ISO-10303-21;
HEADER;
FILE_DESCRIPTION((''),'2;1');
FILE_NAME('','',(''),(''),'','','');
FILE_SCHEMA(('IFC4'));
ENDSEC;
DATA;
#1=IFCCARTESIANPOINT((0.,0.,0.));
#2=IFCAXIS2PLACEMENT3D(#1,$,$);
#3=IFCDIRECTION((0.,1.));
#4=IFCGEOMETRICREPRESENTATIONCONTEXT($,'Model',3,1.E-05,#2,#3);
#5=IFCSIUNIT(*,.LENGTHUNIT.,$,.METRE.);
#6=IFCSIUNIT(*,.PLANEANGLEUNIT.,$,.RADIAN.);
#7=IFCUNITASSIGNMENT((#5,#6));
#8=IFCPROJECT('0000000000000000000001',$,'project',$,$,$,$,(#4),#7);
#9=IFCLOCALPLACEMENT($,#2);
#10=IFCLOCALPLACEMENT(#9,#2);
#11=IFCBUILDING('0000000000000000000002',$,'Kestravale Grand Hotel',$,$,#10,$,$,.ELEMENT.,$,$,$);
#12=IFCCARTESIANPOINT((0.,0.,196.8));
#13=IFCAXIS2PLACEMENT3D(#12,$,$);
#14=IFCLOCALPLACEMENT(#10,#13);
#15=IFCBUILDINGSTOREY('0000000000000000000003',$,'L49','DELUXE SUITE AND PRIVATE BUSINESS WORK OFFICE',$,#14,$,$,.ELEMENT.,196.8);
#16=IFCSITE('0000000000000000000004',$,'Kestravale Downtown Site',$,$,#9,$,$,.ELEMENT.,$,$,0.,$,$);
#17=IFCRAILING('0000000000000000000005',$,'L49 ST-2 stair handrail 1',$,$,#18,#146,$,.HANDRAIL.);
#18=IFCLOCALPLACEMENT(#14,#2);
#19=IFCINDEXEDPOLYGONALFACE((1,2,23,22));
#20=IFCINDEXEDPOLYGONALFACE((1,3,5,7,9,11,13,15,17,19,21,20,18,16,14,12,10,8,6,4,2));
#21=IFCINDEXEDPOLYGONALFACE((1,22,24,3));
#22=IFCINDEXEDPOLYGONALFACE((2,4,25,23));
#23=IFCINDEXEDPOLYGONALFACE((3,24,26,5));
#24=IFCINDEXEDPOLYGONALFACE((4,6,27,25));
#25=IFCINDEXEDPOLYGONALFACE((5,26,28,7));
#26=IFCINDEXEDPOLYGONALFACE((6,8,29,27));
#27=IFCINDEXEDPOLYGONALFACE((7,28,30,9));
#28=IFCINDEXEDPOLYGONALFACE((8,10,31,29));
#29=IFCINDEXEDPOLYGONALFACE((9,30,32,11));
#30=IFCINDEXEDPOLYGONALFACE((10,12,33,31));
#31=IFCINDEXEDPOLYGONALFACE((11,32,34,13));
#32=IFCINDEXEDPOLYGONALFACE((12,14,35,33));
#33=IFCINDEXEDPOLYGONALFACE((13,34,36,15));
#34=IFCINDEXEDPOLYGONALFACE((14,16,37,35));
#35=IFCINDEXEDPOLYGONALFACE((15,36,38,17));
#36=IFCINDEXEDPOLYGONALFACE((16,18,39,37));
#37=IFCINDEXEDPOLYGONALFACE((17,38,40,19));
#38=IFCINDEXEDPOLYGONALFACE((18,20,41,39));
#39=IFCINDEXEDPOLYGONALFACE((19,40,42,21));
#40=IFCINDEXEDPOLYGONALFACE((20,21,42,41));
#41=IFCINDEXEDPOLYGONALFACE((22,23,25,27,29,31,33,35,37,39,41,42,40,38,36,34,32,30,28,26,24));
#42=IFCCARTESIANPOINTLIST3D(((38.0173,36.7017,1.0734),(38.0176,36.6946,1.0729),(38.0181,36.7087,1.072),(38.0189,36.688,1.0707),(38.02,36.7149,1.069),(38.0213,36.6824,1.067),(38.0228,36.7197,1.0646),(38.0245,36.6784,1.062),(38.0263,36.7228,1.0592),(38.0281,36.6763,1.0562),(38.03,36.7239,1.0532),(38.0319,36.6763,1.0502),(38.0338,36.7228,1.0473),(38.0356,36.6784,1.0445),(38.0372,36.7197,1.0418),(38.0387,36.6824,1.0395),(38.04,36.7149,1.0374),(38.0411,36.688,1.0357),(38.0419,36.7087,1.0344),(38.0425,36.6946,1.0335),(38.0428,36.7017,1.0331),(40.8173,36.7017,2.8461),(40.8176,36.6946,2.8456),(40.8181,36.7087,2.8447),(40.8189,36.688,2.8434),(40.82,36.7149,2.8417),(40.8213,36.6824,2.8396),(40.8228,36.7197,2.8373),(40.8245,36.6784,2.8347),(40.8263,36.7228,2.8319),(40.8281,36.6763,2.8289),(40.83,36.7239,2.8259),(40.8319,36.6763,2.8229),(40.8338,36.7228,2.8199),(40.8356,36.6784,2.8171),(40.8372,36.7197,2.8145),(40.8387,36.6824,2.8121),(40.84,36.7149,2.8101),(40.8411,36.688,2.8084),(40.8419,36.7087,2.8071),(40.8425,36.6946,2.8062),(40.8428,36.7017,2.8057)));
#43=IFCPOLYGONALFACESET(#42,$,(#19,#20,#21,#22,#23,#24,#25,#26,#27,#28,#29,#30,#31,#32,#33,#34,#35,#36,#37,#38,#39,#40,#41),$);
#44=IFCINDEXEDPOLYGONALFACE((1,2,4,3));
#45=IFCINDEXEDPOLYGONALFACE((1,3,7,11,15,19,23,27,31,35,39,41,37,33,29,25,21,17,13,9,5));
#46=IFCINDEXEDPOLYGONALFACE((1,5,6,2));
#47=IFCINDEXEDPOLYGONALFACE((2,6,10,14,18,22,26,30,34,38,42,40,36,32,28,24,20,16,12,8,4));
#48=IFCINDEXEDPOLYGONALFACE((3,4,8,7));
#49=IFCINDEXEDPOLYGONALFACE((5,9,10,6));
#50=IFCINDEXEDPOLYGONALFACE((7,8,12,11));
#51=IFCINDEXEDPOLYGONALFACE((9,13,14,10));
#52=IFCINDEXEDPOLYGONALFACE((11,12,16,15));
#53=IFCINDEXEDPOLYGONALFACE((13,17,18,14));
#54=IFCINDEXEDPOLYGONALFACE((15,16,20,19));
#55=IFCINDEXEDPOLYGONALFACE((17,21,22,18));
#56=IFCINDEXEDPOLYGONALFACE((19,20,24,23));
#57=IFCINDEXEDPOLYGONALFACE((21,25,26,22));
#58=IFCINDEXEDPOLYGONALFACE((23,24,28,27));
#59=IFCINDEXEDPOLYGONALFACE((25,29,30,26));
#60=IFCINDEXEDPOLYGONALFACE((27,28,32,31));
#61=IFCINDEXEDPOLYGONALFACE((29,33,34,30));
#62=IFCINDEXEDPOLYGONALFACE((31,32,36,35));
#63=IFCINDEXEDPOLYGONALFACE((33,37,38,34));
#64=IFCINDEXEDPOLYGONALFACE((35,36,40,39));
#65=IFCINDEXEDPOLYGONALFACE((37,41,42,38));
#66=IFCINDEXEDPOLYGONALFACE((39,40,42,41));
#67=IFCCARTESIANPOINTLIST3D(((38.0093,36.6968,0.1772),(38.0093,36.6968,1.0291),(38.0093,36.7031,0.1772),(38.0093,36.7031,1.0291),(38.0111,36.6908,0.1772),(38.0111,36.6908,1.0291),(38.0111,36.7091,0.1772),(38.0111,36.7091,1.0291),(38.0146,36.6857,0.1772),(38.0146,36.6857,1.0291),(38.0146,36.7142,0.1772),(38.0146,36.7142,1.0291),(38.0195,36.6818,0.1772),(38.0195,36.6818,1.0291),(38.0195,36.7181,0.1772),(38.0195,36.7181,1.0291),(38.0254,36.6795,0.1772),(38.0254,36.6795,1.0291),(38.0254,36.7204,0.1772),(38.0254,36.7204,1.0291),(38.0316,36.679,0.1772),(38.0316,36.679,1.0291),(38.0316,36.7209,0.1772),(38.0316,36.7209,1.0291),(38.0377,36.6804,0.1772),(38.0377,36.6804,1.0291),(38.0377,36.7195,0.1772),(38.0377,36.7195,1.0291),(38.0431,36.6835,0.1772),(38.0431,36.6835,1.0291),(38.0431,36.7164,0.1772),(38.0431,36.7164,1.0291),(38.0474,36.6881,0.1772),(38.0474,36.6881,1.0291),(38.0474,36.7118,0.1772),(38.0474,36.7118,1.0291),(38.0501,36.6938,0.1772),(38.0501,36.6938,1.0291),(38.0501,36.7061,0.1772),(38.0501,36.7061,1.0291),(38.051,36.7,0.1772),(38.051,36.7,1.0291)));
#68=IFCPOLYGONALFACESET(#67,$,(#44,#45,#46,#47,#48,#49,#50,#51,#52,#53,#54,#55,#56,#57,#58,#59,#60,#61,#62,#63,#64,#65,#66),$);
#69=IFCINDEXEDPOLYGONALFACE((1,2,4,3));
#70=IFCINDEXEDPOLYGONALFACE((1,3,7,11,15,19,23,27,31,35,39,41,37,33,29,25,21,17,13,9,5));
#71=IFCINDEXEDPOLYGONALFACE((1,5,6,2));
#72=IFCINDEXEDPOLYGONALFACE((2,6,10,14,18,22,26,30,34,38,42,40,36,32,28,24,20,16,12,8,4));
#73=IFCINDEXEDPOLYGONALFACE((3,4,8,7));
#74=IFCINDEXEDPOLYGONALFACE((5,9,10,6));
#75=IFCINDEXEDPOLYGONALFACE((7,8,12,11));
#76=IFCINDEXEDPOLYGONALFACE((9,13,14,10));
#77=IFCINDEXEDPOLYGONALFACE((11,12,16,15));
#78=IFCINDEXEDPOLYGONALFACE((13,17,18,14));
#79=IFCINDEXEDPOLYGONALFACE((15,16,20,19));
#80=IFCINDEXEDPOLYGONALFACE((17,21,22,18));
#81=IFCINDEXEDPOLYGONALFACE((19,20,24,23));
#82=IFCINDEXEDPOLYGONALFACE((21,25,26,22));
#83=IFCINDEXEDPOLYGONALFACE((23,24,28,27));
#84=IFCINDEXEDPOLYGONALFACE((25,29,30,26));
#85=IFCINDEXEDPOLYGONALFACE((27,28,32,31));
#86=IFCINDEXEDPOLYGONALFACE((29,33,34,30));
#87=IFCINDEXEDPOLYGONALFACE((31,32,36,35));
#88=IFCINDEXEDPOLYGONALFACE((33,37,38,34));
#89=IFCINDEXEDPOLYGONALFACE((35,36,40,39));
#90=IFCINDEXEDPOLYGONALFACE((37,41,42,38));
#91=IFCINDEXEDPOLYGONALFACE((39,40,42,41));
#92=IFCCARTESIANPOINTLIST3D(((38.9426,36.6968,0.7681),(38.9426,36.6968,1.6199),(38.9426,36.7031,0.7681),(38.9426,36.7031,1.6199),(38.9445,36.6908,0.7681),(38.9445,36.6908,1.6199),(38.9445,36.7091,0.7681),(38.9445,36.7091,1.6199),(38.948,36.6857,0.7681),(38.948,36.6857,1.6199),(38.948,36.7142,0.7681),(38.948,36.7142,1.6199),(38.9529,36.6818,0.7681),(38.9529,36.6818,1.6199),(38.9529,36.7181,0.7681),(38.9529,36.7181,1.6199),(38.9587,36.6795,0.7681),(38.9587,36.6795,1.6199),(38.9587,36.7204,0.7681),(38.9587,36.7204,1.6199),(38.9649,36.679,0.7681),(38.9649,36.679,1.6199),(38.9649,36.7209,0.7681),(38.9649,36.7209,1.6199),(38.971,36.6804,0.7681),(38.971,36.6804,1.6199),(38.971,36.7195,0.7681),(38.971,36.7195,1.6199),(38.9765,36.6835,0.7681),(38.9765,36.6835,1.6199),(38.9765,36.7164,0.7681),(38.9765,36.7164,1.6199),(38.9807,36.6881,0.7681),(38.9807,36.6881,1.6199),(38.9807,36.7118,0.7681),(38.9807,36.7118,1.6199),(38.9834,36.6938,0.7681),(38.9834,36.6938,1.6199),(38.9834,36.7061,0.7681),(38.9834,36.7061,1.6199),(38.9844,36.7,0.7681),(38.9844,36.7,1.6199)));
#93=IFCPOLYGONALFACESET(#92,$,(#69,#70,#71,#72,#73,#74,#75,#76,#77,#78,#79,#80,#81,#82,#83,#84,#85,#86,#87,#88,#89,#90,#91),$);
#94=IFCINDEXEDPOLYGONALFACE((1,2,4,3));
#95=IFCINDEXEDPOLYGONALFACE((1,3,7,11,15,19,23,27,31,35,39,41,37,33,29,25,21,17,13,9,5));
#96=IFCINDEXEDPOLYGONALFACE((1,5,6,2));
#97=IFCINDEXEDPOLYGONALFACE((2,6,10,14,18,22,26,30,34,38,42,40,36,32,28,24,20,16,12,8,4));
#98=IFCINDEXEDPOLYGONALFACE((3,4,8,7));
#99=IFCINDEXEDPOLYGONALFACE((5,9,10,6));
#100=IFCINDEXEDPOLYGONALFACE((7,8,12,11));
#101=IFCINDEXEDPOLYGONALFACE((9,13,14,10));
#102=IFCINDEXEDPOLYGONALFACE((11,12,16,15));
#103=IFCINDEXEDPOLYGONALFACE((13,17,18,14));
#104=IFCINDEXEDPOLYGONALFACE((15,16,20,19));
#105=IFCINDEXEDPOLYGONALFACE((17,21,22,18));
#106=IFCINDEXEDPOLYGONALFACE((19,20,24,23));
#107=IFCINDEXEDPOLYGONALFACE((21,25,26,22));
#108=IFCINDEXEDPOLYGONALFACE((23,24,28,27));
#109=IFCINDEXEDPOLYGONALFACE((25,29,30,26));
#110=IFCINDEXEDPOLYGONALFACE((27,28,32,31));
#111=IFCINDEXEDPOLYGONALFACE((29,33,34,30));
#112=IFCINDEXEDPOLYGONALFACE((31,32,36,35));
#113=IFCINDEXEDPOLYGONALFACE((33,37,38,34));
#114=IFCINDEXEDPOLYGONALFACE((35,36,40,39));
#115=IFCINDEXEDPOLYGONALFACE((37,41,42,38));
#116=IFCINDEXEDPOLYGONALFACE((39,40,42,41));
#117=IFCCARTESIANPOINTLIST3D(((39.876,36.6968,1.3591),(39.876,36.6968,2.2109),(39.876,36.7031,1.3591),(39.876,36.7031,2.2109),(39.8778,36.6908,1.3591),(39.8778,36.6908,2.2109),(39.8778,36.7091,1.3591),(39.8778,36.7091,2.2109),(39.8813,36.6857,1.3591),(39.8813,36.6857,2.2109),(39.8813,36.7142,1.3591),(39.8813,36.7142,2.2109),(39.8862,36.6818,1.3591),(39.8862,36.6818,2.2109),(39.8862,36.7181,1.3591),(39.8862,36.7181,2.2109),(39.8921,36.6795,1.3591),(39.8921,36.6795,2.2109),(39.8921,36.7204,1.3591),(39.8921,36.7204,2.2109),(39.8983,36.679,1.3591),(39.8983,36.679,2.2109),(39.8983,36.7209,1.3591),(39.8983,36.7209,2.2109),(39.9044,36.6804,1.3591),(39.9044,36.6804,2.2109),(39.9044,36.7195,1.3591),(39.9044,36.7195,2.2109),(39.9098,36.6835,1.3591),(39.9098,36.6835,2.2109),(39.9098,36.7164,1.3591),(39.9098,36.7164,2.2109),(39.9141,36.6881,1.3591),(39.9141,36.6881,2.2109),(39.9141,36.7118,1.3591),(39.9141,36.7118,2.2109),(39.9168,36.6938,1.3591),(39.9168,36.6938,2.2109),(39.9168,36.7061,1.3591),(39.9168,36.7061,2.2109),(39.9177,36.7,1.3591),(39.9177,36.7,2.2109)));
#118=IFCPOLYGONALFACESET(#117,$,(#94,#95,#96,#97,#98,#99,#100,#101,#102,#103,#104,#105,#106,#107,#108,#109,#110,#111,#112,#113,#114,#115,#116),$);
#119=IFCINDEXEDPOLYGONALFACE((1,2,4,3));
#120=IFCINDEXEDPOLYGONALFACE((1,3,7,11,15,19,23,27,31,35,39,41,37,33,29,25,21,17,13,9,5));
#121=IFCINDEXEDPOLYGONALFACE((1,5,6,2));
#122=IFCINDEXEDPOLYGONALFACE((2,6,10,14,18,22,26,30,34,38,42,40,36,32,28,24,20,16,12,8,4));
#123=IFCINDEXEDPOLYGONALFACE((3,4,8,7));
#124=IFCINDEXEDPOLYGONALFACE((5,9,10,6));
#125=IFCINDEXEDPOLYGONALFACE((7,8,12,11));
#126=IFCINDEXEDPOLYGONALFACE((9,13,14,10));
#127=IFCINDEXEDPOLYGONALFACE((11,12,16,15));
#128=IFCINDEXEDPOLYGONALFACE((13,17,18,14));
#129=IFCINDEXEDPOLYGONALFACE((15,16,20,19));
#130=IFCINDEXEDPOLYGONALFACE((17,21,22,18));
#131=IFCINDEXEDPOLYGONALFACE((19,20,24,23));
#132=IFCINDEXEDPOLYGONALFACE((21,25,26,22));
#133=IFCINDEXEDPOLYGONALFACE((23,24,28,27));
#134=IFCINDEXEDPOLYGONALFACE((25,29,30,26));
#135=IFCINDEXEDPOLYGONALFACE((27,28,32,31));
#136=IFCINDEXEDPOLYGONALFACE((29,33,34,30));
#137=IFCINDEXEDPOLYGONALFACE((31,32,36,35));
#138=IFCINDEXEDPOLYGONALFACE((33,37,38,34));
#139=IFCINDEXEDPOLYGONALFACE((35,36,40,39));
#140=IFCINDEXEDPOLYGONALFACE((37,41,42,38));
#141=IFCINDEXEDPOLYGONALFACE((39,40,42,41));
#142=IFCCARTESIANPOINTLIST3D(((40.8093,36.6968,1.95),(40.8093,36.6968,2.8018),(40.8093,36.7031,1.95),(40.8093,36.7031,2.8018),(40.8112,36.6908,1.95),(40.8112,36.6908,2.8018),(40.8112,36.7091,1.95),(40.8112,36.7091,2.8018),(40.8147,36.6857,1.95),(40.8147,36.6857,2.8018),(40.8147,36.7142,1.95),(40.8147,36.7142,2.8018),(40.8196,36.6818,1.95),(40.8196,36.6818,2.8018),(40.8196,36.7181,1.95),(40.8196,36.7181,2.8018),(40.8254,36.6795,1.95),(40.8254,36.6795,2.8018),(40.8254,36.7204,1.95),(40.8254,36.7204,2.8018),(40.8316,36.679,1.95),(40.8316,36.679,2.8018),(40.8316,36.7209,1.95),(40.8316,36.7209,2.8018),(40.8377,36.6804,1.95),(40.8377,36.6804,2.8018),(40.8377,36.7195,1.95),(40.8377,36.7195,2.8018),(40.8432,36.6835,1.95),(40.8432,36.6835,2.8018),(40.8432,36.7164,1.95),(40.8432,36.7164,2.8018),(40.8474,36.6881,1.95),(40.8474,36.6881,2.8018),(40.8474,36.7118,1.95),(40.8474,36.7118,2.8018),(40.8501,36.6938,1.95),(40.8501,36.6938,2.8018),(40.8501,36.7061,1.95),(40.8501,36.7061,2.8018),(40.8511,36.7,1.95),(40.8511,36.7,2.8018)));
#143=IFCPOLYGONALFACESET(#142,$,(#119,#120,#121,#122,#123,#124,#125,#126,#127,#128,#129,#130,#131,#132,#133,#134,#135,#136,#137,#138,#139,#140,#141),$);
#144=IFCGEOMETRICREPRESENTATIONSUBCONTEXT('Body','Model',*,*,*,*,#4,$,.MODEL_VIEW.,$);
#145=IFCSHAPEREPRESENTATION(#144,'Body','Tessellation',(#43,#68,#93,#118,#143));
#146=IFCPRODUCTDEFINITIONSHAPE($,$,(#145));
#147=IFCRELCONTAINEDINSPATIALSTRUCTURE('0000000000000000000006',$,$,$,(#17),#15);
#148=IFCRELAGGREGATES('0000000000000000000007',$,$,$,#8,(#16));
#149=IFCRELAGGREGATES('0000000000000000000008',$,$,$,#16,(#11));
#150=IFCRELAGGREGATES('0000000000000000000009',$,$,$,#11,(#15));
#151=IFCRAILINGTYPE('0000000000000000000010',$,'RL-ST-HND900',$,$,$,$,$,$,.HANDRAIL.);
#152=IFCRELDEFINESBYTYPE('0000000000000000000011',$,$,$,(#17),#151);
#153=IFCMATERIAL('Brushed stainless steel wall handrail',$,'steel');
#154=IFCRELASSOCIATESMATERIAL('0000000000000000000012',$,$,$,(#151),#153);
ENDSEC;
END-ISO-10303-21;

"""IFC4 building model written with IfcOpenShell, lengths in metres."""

from ifc_helpers import new_model, si_unit, direction, frame, origin, origin_2d, place, context, subcontext, project, spatial, circle, extrude, material, type_object, element, save


model = new_model("IFC4")

# Units and contexts
model_context = context("Model", 3, precision=1e-05, world=origin(), true_north=direction((0.0, 1.0)))
body_context = subcontext(model_context, "Body", "Model", "MODEL_VIEW")
ifc_project = project(units=[si_unit("LENGTHUNIT", "METRE"), si_unit("PLANEANGLEUNIT", "RADIAN")], contexts=[model_context])

# Site, building, storey
site_placement = place(None, origin())
site = spatial("IfcSite", under=ifc_project, at=site_placement, Name="Kestravale Downtown Site", CompositionType="ELEMENT", RefElevation=0.0)
building_placement = place(site_placement, origin())
building = spatial("IfcBuilding", under=site, at=building_placement, Name="Kestravale Grand Hotel", CompositionType="ELEMENT")
storey_placement = place(building_placement, frame((0.0, 0.0, 196.8)))
storey = spatial("IfcBuildingStorey", under=building, at=storey_placement, Name="L49", Description="DELUXE SUITE AND PRIVATE BUSINESS WORK OFFICE", CompositionType="ELEMENT", Elevation=196.8)

# Railing
ifc_material_1 = material(Name="Brushed stainless steel wall handrail", Category="steel")
railing_type_1 = type_object("IfcRailingType", Name="RL-ST-HND900", PredefinedType="HANDRAIL", material=ifc_material_1)
railing_1_placement = place(storey_placement, frame((38.03, 36.7, 0.1772)))
element("IfcRailing", 1, at=railing_1_placement, inside=storey, type_object=railing_type_1, Name="L49 ST-2 stair handrail 1", PredefinedType="HANDRAIL", context=body_context, shape_type="SweptSolid", body=[
    extrude(circle(Radius=0.0239, at=origin_2d()), frame((0.0, 0.0, 0.876), z_axis=(0.844909, 0.0, 0.53491), x_axis=(0.0, 1.0, 0.0)), (0.0, 0.0, 1.0), 3.314),
    extrude(circle(Radius=0.021, at=origin_2d()), origin(), (0.0, 0.0, 1.0), 0.8518),
    extrude(circle(Radius=0.021, at=origin_2d()), frame((0.9333, 0.0, 0.5908)), (0.0, 0.0, 1.0), 0.8518),
    extrude(circle(Radius=0.021, at=origin_2d()), frame((1.8667, 0.0, 1.1819)), (0.0, 0.0, 1.0), 0.8518),
    extrude(circle(Radius=0.021, at=origin_2d()), frame((2.8, 0.0, 1.7727)), (0.0, 0.0, 1.0), 0.8518),
])

save(model, "model.ifc")
